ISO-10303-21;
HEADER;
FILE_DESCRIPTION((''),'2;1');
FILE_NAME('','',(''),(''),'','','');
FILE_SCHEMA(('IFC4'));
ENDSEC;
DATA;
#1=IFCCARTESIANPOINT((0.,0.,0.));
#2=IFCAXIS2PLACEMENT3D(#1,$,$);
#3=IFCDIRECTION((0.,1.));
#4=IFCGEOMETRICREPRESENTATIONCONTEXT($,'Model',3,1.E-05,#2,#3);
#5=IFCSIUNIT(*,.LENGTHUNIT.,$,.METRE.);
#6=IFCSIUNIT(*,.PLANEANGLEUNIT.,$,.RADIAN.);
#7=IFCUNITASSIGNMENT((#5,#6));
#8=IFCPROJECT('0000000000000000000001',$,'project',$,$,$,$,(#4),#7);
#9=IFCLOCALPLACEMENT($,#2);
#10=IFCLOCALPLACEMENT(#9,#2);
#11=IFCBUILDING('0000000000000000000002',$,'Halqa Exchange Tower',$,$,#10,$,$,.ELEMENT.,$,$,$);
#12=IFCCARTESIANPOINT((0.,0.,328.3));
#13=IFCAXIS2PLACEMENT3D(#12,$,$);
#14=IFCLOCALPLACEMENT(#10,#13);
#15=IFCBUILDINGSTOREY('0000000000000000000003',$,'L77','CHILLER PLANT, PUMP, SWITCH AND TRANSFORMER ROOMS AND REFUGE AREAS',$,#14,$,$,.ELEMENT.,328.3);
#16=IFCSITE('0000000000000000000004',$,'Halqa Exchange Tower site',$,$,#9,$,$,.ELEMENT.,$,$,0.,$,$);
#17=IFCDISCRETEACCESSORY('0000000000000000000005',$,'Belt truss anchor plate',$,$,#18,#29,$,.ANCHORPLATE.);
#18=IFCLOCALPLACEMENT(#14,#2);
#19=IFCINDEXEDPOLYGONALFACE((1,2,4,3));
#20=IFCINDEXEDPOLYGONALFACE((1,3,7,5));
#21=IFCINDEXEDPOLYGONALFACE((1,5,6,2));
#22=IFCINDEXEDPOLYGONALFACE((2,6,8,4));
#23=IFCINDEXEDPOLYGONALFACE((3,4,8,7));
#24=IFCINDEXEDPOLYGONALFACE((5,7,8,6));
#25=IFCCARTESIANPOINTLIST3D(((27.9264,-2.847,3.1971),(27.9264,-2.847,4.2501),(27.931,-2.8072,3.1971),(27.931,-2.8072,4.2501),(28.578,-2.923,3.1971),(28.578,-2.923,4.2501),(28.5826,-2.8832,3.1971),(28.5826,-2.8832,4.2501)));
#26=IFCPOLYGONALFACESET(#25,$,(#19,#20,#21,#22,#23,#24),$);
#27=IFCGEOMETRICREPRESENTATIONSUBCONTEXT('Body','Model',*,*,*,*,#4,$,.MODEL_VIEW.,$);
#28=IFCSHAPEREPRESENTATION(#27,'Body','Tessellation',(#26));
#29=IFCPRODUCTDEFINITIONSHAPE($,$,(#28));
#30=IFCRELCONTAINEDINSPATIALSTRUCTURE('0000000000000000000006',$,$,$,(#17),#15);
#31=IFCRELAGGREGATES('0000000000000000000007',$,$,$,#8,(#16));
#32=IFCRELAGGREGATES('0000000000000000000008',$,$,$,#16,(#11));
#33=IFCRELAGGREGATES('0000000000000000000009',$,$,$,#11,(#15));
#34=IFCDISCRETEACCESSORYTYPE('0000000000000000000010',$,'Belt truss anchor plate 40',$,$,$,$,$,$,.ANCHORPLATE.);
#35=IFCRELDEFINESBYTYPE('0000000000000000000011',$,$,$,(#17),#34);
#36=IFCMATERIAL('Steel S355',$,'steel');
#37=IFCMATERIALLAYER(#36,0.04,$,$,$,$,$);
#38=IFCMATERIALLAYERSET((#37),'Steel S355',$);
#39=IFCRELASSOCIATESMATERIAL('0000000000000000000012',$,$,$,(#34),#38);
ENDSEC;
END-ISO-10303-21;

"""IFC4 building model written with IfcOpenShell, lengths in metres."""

from ifc_helpers import new_model, si_unit, direction, frame, origin, origin_2d, place, context, subcontext, project, spatial, rectangle, extrude, material, layer, layer_set, type_object, element, save


model = new_model("IFC4")

# Units and contexts
model_context = context("Model", 3, precision=1e-05, world=origin(), true_north=direction((0.0, 1.0)))
body_context = subcontext(model_context, "Body", "Model", "MODEL_VIEW")
ifc_project = project(units=[si_unit("LENGTHUNIT", "METRE"), si_unit("PLANEANGLEUNIT", "RADIAN")], contexts=[model_context])

# Site, building, storey
site_placement = place(None, origin())
site = spatial("IfcSite", under=ifc_project, at=site_placement, Name="Halqa Exchange Tower site", CompositionType="ELEMENT", RefElevation=0.0)
building_placement = place(site_placement, origin())
building = spatial("IfcBuilding", under=site, at=building_placement, Name="Halqa Exchange Tower", CompositionType="ELEMENT")
storey_placement = place(building_placement, frame((0.0, 0.0, 328.3)))
storey = spatial("IfcBuildingStorey", under=building, at=storey_placement, Name="L77", Description="CHILLER PLANT, PUMP, SWITCH AND TRANSFORMER ROOMS AND REFUGE AREAS", CompositionType="ELEMENT", Elevation=328.3)

# Shared definitions
ifc_material_1 = material(Name="Steel S355", Category="steel")

# Discrete accessory
ifc_layer_1 = layer(ifc_material_1, 0.04)
ifc_layer_set_1 = layer_set([ifc_layer_1], Name="Steel S355")
discrete_accessory_type = type_object("IfcDiscreteAccessoryType", Name="Belt truss anchor plate 40", PredefinedType="ANCHORPLATE", material=ifc_layer_set_1)
discrete_accessory_1_placement = place(storey_placement, frame((28.2568, -2.8452, 3.7236), z_axis=(-0.115781, -0.993275, 0.0), x_axis=(0.993275, -0.115781, 0.0)))
element("IfcDiscreteAccessory", 1, at=discrete_accessory_1_placement, inside=storey, type_object=discrete_accessory_type, Name="Belt truss anchor plate", PredefinedType="ANCHORPLATE", context=body_context, shape_type="SweptSolid", body=[
    extrude(rectangle(XDim=0.656, YDim=1.053, at=origin_2d()), origin(), (0.0, 0.0, 1.0), 0.04),
])

save(model, "model.ifc")
